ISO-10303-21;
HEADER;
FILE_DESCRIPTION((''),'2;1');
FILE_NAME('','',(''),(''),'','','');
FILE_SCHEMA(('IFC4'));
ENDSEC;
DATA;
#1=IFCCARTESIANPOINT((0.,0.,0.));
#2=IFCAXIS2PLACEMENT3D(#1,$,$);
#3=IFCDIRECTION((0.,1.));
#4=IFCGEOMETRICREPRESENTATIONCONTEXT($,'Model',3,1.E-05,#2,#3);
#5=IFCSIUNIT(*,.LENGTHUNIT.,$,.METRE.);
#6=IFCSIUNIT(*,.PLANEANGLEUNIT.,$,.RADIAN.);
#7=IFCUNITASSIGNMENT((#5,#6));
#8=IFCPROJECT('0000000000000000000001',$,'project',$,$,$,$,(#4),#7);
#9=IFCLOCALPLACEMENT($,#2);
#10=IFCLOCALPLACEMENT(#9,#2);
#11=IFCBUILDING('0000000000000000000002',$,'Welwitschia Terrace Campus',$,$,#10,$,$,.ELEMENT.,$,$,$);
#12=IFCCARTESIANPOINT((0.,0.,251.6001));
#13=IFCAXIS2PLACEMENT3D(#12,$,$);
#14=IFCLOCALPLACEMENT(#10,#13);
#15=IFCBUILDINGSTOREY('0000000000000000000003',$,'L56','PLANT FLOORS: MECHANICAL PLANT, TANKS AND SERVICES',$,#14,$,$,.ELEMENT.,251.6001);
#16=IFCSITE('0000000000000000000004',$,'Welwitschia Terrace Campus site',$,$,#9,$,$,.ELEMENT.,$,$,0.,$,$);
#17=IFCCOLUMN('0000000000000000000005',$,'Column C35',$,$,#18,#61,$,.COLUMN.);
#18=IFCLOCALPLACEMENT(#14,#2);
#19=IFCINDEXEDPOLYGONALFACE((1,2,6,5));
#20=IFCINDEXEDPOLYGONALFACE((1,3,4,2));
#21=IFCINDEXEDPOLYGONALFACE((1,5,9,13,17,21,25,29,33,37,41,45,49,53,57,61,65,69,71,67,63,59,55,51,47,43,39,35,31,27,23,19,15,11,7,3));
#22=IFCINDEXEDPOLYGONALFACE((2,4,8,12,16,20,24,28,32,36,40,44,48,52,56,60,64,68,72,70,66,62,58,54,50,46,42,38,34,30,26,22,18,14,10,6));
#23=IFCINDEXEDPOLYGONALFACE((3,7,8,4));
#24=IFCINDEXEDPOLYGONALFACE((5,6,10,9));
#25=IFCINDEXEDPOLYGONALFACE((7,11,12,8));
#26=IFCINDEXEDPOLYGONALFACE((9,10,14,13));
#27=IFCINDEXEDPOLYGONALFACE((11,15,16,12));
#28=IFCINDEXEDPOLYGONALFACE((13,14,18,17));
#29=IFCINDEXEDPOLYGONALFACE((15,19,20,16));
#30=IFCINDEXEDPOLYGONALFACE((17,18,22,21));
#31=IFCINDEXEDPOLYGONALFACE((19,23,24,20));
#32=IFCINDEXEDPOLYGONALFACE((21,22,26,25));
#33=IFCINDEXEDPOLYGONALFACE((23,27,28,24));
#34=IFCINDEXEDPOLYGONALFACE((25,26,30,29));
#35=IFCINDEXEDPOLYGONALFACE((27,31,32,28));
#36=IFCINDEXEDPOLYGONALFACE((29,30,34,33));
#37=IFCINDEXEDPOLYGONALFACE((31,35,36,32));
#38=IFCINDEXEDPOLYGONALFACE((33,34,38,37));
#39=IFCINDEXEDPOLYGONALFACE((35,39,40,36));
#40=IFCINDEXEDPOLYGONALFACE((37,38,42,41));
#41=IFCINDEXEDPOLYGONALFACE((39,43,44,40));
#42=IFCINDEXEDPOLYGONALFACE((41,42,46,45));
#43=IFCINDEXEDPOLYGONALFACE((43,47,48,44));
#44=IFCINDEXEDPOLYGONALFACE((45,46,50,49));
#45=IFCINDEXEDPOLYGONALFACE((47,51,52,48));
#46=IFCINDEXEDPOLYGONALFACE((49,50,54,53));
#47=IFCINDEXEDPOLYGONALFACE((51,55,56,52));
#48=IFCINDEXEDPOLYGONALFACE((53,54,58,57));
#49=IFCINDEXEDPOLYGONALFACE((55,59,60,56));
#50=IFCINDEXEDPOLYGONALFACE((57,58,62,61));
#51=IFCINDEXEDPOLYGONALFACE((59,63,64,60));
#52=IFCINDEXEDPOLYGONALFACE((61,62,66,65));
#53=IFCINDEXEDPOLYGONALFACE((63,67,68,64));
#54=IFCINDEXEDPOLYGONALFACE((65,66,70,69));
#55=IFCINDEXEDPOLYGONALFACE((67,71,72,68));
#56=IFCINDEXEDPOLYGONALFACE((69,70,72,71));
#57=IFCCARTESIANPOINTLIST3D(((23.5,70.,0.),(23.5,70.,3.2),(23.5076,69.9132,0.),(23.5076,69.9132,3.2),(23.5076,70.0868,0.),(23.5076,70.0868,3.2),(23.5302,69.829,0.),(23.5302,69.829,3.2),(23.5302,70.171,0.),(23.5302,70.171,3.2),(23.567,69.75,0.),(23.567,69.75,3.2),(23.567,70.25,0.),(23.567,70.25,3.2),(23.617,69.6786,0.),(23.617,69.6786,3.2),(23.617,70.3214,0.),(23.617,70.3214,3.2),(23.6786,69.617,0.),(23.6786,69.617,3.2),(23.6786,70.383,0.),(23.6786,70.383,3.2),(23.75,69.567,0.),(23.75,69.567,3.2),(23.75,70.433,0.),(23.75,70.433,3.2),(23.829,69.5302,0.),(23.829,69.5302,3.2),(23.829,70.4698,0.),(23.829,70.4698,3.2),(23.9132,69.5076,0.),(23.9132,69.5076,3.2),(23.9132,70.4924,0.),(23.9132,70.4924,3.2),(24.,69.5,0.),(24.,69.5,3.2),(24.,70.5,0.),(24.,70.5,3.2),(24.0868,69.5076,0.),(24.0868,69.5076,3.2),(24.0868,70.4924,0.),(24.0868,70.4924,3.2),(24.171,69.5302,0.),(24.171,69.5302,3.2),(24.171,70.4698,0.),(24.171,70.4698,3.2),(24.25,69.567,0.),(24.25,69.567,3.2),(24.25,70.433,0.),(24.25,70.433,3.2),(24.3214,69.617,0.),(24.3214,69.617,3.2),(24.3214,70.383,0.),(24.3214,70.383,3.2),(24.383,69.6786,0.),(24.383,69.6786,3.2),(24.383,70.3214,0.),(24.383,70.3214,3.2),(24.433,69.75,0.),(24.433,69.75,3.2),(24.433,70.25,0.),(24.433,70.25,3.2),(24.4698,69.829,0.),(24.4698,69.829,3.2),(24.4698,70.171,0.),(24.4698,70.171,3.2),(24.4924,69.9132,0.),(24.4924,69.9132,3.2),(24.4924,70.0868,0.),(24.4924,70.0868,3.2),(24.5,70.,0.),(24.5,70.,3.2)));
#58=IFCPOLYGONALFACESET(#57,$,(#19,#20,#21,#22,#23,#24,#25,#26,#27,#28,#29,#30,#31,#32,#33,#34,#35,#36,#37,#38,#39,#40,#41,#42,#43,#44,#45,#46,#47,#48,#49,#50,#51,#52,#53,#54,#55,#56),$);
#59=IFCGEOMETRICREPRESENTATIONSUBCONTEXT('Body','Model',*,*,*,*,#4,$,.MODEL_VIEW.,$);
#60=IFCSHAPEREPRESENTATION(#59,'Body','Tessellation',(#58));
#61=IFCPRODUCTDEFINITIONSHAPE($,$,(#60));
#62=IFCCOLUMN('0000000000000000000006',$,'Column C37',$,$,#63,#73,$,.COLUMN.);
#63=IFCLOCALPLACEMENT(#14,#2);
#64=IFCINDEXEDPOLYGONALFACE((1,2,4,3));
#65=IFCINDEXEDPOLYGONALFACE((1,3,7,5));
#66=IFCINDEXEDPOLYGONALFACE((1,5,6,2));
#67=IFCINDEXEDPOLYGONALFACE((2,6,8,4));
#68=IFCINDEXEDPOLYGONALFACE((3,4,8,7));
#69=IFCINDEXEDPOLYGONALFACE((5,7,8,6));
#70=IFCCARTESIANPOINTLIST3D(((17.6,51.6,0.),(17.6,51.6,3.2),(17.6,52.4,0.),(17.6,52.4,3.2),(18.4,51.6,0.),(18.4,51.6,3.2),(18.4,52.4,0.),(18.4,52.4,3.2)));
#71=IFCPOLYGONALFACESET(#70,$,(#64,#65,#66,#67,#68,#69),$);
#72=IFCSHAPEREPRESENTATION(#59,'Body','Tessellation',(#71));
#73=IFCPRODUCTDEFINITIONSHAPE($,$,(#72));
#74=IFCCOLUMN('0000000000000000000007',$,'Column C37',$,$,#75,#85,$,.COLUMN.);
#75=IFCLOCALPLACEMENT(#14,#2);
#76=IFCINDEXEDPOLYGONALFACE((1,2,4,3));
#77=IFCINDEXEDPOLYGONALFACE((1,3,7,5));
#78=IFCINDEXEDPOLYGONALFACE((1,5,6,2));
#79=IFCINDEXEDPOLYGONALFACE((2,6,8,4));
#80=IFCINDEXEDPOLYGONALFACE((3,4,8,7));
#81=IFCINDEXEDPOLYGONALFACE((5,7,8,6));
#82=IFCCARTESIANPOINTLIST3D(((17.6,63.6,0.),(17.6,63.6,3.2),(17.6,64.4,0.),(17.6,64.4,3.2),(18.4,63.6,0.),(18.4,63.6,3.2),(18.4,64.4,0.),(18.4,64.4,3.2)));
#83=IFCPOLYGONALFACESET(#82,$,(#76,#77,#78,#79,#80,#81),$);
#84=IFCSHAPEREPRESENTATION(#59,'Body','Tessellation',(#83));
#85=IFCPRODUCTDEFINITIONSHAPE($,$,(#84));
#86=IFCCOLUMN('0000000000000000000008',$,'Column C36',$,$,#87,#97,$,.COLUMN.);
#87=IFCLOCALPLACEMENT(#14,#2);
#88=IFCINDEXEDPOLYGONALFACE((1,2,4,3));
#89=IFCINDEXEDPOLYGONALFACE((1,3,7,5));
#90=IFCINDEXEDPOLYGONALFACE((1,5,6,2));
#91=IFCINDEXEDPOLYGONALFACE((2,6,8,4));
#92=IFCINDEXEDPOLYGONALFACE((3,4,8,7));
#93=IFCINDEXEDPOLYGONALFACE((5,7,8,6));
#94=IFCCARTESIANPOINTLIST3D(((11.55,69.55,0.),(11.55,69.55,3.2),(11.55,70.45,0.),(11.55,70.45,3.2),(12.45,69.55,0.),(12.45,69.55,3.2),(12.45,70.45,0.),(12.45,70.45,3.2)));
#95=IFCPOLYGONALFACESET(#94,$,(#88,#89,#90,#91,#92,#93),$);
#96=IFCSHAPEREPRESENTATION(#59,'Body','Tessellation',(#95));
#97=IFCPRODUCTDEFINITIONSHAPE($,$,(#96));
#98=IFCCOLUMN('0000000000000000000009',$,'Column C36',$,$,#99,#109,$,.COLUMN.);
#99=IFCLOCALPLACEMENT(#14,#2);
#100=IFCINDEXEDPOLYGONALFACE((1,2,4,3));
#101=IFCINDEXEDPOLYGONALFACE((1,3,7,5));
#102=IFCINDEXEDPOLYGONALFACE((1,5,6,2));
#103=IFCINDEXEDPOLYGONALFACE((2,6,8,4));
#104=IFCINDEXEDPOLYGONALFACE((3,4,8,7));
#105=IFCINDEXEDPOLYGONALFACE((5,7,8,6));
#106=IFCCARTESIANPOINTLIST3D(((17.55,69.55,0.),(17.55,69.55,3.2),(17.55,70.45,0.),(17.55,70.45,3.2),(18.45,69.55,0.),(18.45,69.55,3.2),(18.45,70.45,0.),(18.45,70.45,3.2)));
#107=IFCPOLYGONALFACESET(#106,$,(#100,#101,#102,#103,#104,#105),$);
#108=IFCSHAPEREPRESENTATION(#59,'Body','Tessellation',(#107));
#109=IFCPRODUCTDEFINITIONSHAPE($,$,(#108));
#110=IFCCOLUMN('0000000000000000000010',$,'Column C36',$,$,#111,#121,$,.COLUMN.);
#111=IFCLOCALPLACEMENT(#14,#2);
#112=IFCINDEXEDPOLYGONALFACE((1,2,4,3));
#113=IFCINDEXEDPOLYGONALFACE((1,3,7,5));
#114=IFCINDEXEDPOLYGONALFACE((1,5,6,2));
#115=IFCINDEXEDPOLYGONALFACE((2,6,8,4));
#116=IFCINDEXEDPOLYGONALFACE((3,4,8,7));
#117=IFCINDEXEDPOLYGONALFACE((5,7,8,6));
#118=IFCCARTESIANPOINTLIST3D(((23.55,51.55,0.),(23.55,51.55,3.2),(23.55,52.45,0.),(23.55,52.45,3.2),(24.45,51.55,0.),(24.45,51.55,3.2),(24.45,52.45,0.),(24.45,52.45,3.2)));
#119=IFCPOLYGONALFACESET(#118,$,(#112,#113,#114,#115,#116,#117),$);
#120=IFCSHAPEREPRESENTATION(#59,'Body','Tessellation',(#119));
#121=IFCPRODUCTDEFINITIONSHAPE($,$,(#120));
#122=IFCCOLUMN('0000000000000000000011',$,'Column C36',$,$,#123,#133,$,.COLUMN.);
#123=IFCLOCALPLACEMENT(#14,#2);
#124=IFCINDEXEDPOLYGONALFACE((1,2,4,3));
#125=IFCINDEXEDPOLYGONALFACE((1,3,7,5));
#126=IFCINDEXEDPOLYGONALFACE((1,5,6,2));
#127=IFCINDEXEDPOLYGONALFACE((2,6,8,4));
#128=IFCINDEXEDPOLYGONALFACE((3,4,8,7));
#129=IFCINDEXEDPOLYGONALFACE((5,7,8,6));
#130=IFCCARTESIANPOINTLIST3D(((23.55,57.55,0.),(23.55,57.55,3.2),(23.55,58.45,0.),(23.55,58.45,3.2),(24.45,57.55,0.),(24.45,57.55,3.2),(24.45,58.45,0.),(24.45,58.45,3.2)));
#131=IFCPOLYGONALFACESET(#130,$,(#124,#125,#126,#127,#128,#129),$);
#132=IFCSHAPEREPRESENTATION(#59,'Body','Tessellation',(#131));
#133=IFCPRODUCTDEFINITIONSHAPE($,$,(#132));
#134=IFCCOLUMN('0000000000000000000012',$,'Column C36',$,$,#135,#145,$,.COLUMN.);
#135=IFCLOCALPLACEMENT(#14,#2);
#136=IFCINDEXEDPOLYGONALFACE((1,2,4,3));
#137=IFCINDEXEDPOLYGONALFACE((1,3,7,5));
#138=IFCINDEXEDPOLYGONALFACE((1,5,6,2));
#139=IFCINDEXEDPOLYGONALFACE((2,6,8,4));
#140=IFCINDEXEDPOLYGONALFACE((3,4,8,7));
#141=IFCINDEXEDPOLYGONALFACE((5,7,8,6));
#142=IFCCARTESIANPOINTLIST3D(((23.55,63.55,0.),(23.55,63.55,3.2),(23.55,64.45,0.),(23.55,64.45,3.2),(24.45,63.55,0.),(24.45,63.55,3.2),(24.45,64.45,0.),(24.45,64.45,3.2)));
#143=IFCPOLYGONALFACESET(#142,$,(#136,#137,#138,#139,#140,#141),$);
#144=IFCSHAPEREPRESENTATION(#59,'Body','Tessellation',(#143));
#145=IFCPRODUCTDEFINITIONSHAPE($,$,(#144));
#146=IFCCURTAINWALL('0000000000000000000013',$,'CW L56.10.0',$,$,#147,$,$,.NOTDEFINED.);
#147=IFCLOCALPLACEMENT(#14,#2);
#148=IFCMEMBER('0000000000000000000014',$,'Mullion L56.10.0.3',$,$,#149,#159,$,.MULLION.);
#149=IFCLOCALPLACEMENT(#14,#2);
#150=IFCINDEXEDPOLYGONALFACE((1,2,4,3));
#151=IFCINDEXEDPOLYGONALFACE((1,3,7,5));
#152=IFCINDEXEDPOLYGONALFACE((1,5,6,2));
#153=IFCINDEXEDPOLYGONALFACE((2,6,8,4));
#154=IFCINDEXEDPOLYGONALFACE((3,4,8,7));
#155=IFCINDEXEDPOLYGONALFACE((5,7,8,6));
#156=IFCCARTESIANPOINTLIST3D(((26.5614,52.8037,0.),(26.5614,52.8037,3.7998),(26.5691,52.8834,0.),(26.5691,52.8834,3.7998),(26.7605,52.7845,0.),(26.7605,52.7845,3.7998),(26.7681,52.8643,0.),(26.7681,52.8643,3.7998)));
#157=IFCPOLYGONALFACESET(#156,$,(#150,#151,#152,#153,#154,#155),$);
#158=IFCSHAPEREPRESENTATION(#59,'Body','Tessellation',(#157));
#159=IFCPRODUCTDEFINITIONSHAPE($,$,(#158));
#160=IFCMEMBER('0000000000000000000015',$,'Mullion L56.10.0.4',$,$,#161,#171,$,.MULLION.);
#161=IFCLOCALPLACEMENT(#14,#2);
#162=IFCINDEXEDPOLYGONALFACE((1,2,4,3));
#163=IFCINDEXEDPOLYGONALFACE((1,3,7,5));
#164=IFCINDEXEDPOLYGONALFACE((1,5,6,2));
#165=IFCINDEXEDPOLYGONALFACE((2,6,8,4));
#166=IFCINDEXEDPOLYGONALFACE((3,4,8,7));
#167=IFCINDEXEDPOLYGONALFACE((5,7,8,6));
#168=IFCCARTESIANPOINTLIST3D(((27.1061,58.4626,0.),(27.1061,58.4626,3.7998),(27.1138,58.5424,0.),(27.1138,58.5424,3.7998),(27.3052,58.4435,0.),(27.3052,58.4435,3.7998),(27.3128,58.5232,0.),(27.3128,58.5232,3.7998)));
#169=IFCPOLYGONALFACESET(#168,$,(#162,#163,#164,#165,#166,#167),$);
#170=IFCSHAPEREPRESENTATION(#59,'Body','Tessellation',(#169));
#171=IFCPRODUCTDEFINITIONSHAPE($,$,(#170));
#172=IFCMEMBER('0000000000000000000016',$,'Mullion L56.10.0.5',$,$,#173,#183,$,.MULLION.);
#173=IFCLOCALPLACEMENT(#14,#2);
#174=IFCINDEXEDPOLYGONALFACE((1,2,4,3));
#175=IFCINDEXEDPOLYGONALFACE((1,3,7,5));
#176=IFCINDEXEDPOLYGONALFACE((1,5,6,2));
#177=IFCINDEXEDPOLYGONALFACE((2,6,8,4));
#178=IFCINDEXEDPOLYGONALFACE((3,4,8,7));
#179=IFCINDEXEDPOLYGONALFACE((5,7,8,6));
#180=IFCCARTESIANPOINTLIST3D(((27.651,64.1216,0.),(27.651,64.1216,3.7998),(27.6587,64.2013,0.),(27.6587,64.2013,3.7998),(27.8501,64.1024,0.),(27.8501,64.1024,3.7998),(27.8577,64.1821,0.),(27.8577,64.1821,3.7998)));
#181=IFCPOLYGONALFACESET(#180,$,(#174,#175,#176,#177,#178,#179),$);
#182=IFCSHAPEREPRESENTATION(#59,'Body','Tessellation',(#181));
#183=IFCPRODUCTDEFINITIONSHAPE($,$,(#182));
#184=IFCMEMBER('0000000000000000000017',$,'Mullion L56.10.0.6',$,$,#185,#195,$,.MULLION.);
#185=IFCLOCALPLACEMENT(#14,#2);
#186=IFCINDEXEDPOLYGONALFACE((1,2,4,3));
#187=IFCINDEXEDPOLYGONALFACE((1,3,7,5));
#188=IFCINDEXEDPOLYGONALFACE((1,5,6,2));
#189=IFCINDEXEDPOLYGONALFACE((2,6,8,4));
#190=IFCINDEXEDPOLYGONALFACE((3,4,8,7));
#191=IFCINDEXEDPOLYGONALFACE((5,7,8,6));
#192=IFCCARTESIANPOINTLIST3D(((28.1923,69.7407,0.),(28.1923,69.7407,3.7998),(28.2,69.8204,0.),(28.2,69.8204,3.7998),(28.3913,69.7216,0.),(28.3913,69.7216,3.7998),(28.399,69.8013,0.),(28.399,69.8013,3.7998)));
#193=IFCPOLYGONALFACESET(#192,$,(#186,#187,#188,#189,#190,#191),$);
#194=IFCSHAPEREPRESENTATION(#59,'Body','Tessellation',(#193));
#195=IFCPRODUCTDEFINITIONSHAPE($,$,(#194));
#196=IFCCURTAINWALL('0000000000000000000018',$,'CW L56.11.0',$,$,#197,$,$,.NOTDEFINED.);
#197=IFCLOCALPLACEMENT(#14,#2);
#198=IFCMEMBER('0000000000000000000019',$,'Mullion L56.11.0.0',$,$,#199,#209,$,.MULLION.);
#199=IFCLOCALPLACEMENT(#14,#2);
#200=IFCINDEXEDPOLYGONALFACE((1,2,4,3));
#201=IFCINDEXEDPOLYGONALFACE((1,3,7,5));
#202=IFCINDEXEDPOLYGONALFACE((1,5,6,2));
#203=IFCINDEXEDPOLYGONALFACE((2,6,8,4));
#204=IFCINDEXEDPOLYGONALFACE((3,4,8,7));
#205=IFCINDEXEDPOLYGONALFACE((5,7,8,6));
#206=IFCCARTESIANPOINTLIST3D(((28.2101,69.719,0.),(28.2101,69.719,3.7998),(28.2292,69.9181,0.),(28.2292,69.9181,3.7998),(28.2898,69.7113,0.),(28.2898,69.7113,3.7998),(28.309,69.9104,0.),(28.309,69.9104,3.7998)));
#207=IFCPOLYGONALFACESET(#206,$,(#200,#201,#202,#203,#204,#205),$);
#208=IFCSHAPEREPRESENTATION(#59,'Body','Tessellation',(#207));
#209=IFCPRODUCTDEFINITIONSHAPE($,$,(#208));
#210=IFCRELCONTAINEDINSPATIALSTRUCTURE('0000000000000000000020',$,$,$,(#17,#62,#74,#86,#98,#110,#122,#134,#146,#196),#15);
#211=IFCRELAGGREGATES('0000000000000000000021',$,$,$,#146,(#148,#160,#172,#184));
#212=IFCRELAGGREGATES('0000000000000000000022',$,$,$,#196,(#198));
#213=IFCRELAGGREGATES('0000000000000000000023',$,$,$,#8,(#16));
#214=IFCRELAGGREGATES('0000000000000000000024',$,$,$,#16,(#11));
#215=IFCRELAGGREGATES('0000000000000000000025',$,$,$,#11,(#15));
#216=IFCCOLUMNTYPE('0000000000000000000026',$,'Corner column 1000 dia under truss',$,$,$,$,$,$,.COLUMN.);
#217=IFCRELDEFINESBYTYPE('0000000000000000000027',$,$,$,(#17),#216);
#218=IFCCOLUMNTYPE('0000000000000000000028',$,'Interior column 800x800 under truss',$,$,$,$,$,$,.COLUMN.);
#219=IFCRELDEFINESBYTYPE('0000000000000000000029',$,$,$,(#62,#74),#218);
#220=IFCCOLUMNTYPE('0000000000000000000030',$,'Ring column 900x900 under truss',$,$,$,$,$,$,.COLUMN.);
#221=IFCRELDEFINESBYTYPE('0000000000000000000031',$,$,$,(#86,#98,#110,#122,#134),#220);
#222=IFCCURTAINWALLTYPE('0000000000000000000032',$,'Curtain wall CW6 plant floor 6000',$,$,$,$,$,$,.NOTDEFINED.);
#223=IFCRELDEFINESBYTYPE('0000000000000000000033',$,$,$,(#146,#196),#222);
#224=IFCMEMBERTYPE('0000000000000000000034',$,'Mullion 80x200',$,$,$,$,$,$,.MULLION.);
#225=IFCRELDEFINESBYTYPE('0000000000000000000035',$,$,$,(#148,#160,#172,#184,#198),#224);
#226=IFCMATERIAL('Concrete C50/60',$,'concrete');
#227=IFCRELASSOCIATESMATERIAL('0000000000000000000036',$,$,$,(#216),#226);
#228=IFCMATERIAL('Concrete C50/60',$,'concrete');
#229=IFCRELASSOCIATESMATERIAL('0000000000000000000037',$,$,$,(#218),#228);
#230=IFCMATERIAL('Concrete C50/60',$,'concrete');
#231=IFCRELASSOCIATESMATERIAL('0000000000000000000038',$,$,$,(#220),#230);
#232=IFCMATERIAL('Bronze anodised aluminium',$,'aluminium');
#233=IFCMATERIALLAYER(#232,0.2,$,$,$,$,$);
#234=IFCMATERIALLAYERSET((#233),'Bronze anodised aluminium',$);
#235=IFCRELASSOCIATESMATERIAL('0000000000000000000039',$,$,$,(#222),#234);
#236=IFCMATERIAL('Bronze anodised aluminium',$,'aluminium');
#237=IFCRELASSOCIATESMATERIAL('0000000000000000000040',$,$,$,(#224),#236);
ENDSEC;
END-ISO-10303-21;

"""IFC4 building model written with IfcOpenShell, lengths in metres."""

from ifc_helpers import new_model, si_unit, direction, frame, origin, origin_2d, place, context, subcontext, project, spatial, rectangle, circle, extrude, material, layer, layer_set, material_profile, profile_set, type_object, element, aggregate, save


model = new_model("IFC4")

# Units and contexts
model_context = context("Model", 3, precision=1e-05, world=origin(), true_north=direction((0.0, 1.0)))
body_context = subcontext(model_context, "Body", "Model", "MODEL_VIEW")
ifc_project = project(units=[si_unit("LENGTHUNIT", "METRE"), si_unit("PLANEANGLEUNIT", "RADIAN")], contexts=[model_context])

# Site, building, storey
site_placement = place(None, origin())
site = spatial("IfcSite", under=ifc_project, at=site_placement, Name="Welwitschia Terrace Campus site", CompositionType="ELEMENT", RefElevation=0.0)
building_placement = place(site_placement, origin())
building = spatial("IfcBuilding", under=site, at=building_placement, Name="Welwitschia Terrace Campus", CompositionType="ELEMENT")
storey_placement = place(building_placement, frame((0.0, 0.0, 251.6001)))
storey = spatial("IfcBuildingStorey", under=building, at=storey_placement, Name="L56", Description="PLANT FLOORS: MECHANICAL PLANT, TANKS AND SERVICES", CompositionType="ELEMENT", Elevation=251.6001)

# Columns
ifc_material_1 = material(Name="Concrete C50/60", Category="concrete")
ifc_material_profile_1 = material_profile(ifc_material_1, circle(Radius=0.5, at=origin_2d()))
ifc_profile_set_1 = profile_set([ifc_material_profile_1], Name="Concrete C50/60")
column_type_1 = type_object("IfcColumnType", Name="Corner column 1000 dia under truss", PredefinedType="COLUMN", material=ifc_profile_set_1)
column_placement = place(storey_placement, frame((24.0, 70.0, 0.0), z_axis=(0.0, 0.0, 1.0), x_axis=(1.0, 0.0, 0.0)))
element("IfcColumn", 1, at=column_placement, inside=storey, type_object=column_type_1, Name="Column C35", PredefinedType="COLUMN", context=body_context, shape_type="SweptSolid", body=[
    extrude(circle(Radius=0.5, at=origin_2d()), origin(), (0.0, 0.0, 1.0), 3.2),
])
ifc_material_2 = material(Name="Concrete C50/60", Category="concrete")
ifc_material_profile_2 = material_profile(ifc_material_2, rectangle(XDim=0.8, YDim=0.8, at=origin_2d()))
ifc_profile_set_2 = profile_set([ifc_material_profile_2], Name="Concrete C50/60")
column_type_2 = type_object("IfcColumnType", Name="Interior column 800x800 under truss", PredefinedType="COLUMN", material=ifc_profile_set_2)
for number, where, z_axis, x_axis, name in (
    (2, (18.0, 52.0, 0.0), (0.0, 0.0, 1.0), (1.0, 0.0, 0.0), "Column C37"),
    (3, (18.0, 64.0, 0.0), (0.0, 0.0, 1.0), (1.0, 0.0, 0.0), "Column C37"),
):
    element("IfcColumn", number, at=place(storey_placement, frame(where, z_axis=z_axis, x_axis=x_axis)), inside=storey, type_object=column_type_2, Name=name, PredefinedType="COLUMN", context=body_context, shape_type="SweptSolid", body=[
        extrude(rectangle(XDim=0.8, YDim=0.8, at=origin_2d()), origin(), (0.0, 0.0, 1.0), 3.2),
    ])
ifc_material_3 = material(Name="Concrete C50/60", Category="concrete")
ifc_material_profile_3 = material_profile(ifc_material_3, rectangle(XDim=0.8999, YDim=0.8999, at=origin_2d()))
ifc_profile_set_3 = profile_set([ifc_material_profile_3], Name="Concrete C50/60")
column_type_3 = type_object("IfcColumnType", Name="Ring column 900x900 under truss", PredefinedType="COLUMN", material=ifc_profile_set_3)
for number, where, z_axis, x_axis, name in (
    (4, (12.0, 70.0, 0.0), (0.0, 0.0, 1.0), (1.0, 0.0, 0.0), "Column C36"),
    (5, (18.0, 70.0, 0.0), (0.0, 0.0, 1.0), (1.0, 0.0, 0.0), "Column C36"),
    (6, (24.0, 52.0, 0.0), (0.0, 0.0, 1.0), (1.0, 0.0, 0.0), "Column C36"),
    (7, (24.0, 58.0, 0.0), (0.0, 0.0, 1.0), (1.0, 0.0, 0.0), "Column C36"),
    (8, (24.0, 64.0, 0.0), (0.0, 0.0, 1.0), (1.0, 0.0, 0.0), "Column C36"),
):
    element("IfcColumn", number, at=place(storey_placement, frame(where, z_axis=z_axis, x_axis=x_axis)), inside=storey, type_object=column_type_3, Name=name, PredefinedType="COLUMN", context=body_context, shape_type="SweptSolid", body=[
        extrude(rectangle(XDim=0.8999, YDim=0.8999, at=origin_2d()), origin(), (0.0, 0.0, 1.0), 3.2),
    ])

# Curtain walls, members
ifc_material_4 = material(Name="Bronze anodised aluminium", Category="aluminium")
ifc_layer_1 = layer(ifc_material_4, 0.2)
ifc_layer_set_1 = layer_set([ifc_layer_1], Name="Bronze anodised aluminium")
curtain_wall_type = type_object("IfcCurtainWallType", Name="Curtain wall CW6 plant floor 6000", PredefinedType="NOTDEFINED", material=ifc_layer_set_1)
curtain_wall_1_placement = place(storey_placement, origin())
curtain_wall_1 = element("IfcCurtainWall", 9, at=curtain_wall_1_placement, inside=storey, type_object=curtain_wall_type, Name="CW L56.10.0", PredefinedType="NOTDEFINED")
ifc_material_5 = material(Name="Bronze anodised aluminium", Category="aluminium")
ifc_material_profile_4 = material_profile(ifc_material_5, rectangle(XDim=0.2, YDim=0.0801, at=origin_2d()))
ifc_profile_set_4 = profile_set([ifc_material_profile_4], Name="Bronze anodised aluminium")
member_type_1 = type_object("IfcMemberType", Name="Mullion 80x200", PredefinedType="MULLION", material=ifc_profile_set_4)
member_1_placement = place(storey_placement, frame((26.6648, 52.834, 0.0), z_axis=(0.0, 0.0, 1.0), x_axis=(-0.995396, 0.095846, 0.0)))
member_1 = element("IfcMember", 10, at=member_1_placement, type_object=member_type_1, Name="Mullion L56.10.0.3", PredefinedType="MULLION", context=body_context, shape_type="SweptSolid", body=[
    extrude(rectangle(XDim=0.2, YDim=0.0801, at=origin_2d()), origin(), (0.0, 0.0, 1.0), 3.7998),
])
member_2_placement = place(storey_placement, frame((27.2095, 58.4929, 0.0), z_axis=(0.0, 0.0, 1.0), x_axis=(-0.995396, 0.095846, 0.0)))
member_2 = element("IfcMember", 11, at=member_2_placement, type_object=member_type_1, Name="Mullion L56.10.0.4", PredefinedType="MULLION", context=body_context, shape_type="SweptSolid", body=[
    extrude(rectangle(XDim=0.2, YDim=0.0801, at=origin_2d()), origin(), (0.0, 0.0, 1.0), 3.7998),
])
member_3_placement = place(storey_placement, frame((27.7544, 64.1519, 0.0), z_axis=(0.0, 0.0, 1.0), x_axis=(-0.995396, 0.095846, 0.0)))
member_3 = element("IfcMember", 12, at=member_3_placement, type_object=member_type_1, Name="Mullion L56.10.0.5", PredefinedType="MULLION", context=body_context, shape_type="SweptSolid", body=[
    extrude(rectangle(XDim=0.2, YDim=0.0801, at=origin_2d()), origin(), (0.0, 0.0, 1.0), 3.7998),
])
member_4_placement = place(storey_placement, frame((28.2957, 69.771, 0.0), z_axis=(0.0, 0.0, 1.0), x_axis=(-0.995396, 0.095846, 0.0)))
member_4 = element("IfcMember", 13, at=member_4_placement, type_object=member_type_1, Name="Mullion L56.10.0.6", PredefinedType="MULLION", context=body_context, shape_type="SweptSolid", body=[
    extrude(rectangle(XDim=0.2, YDim=0.0801, at=origin_2d()), origin(), (0.0, 0.0, 1.0), 3.7998),
])
curtain_wall_2_placement = place(storey_placement, origin())
curtain_wall_2 = element("IfcCurtainWall", 14, at=curtain_wall_2_placement, inside=storey, type_object=curtain_wall_type, Name="CW L56.11.0", PredefinedType="NOTDEFINED")
member_5_placement = place(storey_placement, frame((28.2595, 69.8147, 0.0), z_axis=(0.0, 0.0, 1.0), x_axis=(-0.095846, -0.995396, 0.0)))
member_5 = element("IfcMember", 15, at=member_5_placement, type_object=member_type_1, Name="Mullion L56.11.0.0", PredefinedType="MULLION", context=body_context, shape_type="SweptSolid", body=[
    extrude(rectangle(XDim=0.2, YDim=0.0801, at=origin_2d()), origin(), (0.0, 0.0, 1.0), 3.7998),
])

aggregate(curtain_wall_1, [member_1, member_2, member_3, member_4])
aggregate(curtain_wall_2, [member_5])

save(model, "model.ifc")
